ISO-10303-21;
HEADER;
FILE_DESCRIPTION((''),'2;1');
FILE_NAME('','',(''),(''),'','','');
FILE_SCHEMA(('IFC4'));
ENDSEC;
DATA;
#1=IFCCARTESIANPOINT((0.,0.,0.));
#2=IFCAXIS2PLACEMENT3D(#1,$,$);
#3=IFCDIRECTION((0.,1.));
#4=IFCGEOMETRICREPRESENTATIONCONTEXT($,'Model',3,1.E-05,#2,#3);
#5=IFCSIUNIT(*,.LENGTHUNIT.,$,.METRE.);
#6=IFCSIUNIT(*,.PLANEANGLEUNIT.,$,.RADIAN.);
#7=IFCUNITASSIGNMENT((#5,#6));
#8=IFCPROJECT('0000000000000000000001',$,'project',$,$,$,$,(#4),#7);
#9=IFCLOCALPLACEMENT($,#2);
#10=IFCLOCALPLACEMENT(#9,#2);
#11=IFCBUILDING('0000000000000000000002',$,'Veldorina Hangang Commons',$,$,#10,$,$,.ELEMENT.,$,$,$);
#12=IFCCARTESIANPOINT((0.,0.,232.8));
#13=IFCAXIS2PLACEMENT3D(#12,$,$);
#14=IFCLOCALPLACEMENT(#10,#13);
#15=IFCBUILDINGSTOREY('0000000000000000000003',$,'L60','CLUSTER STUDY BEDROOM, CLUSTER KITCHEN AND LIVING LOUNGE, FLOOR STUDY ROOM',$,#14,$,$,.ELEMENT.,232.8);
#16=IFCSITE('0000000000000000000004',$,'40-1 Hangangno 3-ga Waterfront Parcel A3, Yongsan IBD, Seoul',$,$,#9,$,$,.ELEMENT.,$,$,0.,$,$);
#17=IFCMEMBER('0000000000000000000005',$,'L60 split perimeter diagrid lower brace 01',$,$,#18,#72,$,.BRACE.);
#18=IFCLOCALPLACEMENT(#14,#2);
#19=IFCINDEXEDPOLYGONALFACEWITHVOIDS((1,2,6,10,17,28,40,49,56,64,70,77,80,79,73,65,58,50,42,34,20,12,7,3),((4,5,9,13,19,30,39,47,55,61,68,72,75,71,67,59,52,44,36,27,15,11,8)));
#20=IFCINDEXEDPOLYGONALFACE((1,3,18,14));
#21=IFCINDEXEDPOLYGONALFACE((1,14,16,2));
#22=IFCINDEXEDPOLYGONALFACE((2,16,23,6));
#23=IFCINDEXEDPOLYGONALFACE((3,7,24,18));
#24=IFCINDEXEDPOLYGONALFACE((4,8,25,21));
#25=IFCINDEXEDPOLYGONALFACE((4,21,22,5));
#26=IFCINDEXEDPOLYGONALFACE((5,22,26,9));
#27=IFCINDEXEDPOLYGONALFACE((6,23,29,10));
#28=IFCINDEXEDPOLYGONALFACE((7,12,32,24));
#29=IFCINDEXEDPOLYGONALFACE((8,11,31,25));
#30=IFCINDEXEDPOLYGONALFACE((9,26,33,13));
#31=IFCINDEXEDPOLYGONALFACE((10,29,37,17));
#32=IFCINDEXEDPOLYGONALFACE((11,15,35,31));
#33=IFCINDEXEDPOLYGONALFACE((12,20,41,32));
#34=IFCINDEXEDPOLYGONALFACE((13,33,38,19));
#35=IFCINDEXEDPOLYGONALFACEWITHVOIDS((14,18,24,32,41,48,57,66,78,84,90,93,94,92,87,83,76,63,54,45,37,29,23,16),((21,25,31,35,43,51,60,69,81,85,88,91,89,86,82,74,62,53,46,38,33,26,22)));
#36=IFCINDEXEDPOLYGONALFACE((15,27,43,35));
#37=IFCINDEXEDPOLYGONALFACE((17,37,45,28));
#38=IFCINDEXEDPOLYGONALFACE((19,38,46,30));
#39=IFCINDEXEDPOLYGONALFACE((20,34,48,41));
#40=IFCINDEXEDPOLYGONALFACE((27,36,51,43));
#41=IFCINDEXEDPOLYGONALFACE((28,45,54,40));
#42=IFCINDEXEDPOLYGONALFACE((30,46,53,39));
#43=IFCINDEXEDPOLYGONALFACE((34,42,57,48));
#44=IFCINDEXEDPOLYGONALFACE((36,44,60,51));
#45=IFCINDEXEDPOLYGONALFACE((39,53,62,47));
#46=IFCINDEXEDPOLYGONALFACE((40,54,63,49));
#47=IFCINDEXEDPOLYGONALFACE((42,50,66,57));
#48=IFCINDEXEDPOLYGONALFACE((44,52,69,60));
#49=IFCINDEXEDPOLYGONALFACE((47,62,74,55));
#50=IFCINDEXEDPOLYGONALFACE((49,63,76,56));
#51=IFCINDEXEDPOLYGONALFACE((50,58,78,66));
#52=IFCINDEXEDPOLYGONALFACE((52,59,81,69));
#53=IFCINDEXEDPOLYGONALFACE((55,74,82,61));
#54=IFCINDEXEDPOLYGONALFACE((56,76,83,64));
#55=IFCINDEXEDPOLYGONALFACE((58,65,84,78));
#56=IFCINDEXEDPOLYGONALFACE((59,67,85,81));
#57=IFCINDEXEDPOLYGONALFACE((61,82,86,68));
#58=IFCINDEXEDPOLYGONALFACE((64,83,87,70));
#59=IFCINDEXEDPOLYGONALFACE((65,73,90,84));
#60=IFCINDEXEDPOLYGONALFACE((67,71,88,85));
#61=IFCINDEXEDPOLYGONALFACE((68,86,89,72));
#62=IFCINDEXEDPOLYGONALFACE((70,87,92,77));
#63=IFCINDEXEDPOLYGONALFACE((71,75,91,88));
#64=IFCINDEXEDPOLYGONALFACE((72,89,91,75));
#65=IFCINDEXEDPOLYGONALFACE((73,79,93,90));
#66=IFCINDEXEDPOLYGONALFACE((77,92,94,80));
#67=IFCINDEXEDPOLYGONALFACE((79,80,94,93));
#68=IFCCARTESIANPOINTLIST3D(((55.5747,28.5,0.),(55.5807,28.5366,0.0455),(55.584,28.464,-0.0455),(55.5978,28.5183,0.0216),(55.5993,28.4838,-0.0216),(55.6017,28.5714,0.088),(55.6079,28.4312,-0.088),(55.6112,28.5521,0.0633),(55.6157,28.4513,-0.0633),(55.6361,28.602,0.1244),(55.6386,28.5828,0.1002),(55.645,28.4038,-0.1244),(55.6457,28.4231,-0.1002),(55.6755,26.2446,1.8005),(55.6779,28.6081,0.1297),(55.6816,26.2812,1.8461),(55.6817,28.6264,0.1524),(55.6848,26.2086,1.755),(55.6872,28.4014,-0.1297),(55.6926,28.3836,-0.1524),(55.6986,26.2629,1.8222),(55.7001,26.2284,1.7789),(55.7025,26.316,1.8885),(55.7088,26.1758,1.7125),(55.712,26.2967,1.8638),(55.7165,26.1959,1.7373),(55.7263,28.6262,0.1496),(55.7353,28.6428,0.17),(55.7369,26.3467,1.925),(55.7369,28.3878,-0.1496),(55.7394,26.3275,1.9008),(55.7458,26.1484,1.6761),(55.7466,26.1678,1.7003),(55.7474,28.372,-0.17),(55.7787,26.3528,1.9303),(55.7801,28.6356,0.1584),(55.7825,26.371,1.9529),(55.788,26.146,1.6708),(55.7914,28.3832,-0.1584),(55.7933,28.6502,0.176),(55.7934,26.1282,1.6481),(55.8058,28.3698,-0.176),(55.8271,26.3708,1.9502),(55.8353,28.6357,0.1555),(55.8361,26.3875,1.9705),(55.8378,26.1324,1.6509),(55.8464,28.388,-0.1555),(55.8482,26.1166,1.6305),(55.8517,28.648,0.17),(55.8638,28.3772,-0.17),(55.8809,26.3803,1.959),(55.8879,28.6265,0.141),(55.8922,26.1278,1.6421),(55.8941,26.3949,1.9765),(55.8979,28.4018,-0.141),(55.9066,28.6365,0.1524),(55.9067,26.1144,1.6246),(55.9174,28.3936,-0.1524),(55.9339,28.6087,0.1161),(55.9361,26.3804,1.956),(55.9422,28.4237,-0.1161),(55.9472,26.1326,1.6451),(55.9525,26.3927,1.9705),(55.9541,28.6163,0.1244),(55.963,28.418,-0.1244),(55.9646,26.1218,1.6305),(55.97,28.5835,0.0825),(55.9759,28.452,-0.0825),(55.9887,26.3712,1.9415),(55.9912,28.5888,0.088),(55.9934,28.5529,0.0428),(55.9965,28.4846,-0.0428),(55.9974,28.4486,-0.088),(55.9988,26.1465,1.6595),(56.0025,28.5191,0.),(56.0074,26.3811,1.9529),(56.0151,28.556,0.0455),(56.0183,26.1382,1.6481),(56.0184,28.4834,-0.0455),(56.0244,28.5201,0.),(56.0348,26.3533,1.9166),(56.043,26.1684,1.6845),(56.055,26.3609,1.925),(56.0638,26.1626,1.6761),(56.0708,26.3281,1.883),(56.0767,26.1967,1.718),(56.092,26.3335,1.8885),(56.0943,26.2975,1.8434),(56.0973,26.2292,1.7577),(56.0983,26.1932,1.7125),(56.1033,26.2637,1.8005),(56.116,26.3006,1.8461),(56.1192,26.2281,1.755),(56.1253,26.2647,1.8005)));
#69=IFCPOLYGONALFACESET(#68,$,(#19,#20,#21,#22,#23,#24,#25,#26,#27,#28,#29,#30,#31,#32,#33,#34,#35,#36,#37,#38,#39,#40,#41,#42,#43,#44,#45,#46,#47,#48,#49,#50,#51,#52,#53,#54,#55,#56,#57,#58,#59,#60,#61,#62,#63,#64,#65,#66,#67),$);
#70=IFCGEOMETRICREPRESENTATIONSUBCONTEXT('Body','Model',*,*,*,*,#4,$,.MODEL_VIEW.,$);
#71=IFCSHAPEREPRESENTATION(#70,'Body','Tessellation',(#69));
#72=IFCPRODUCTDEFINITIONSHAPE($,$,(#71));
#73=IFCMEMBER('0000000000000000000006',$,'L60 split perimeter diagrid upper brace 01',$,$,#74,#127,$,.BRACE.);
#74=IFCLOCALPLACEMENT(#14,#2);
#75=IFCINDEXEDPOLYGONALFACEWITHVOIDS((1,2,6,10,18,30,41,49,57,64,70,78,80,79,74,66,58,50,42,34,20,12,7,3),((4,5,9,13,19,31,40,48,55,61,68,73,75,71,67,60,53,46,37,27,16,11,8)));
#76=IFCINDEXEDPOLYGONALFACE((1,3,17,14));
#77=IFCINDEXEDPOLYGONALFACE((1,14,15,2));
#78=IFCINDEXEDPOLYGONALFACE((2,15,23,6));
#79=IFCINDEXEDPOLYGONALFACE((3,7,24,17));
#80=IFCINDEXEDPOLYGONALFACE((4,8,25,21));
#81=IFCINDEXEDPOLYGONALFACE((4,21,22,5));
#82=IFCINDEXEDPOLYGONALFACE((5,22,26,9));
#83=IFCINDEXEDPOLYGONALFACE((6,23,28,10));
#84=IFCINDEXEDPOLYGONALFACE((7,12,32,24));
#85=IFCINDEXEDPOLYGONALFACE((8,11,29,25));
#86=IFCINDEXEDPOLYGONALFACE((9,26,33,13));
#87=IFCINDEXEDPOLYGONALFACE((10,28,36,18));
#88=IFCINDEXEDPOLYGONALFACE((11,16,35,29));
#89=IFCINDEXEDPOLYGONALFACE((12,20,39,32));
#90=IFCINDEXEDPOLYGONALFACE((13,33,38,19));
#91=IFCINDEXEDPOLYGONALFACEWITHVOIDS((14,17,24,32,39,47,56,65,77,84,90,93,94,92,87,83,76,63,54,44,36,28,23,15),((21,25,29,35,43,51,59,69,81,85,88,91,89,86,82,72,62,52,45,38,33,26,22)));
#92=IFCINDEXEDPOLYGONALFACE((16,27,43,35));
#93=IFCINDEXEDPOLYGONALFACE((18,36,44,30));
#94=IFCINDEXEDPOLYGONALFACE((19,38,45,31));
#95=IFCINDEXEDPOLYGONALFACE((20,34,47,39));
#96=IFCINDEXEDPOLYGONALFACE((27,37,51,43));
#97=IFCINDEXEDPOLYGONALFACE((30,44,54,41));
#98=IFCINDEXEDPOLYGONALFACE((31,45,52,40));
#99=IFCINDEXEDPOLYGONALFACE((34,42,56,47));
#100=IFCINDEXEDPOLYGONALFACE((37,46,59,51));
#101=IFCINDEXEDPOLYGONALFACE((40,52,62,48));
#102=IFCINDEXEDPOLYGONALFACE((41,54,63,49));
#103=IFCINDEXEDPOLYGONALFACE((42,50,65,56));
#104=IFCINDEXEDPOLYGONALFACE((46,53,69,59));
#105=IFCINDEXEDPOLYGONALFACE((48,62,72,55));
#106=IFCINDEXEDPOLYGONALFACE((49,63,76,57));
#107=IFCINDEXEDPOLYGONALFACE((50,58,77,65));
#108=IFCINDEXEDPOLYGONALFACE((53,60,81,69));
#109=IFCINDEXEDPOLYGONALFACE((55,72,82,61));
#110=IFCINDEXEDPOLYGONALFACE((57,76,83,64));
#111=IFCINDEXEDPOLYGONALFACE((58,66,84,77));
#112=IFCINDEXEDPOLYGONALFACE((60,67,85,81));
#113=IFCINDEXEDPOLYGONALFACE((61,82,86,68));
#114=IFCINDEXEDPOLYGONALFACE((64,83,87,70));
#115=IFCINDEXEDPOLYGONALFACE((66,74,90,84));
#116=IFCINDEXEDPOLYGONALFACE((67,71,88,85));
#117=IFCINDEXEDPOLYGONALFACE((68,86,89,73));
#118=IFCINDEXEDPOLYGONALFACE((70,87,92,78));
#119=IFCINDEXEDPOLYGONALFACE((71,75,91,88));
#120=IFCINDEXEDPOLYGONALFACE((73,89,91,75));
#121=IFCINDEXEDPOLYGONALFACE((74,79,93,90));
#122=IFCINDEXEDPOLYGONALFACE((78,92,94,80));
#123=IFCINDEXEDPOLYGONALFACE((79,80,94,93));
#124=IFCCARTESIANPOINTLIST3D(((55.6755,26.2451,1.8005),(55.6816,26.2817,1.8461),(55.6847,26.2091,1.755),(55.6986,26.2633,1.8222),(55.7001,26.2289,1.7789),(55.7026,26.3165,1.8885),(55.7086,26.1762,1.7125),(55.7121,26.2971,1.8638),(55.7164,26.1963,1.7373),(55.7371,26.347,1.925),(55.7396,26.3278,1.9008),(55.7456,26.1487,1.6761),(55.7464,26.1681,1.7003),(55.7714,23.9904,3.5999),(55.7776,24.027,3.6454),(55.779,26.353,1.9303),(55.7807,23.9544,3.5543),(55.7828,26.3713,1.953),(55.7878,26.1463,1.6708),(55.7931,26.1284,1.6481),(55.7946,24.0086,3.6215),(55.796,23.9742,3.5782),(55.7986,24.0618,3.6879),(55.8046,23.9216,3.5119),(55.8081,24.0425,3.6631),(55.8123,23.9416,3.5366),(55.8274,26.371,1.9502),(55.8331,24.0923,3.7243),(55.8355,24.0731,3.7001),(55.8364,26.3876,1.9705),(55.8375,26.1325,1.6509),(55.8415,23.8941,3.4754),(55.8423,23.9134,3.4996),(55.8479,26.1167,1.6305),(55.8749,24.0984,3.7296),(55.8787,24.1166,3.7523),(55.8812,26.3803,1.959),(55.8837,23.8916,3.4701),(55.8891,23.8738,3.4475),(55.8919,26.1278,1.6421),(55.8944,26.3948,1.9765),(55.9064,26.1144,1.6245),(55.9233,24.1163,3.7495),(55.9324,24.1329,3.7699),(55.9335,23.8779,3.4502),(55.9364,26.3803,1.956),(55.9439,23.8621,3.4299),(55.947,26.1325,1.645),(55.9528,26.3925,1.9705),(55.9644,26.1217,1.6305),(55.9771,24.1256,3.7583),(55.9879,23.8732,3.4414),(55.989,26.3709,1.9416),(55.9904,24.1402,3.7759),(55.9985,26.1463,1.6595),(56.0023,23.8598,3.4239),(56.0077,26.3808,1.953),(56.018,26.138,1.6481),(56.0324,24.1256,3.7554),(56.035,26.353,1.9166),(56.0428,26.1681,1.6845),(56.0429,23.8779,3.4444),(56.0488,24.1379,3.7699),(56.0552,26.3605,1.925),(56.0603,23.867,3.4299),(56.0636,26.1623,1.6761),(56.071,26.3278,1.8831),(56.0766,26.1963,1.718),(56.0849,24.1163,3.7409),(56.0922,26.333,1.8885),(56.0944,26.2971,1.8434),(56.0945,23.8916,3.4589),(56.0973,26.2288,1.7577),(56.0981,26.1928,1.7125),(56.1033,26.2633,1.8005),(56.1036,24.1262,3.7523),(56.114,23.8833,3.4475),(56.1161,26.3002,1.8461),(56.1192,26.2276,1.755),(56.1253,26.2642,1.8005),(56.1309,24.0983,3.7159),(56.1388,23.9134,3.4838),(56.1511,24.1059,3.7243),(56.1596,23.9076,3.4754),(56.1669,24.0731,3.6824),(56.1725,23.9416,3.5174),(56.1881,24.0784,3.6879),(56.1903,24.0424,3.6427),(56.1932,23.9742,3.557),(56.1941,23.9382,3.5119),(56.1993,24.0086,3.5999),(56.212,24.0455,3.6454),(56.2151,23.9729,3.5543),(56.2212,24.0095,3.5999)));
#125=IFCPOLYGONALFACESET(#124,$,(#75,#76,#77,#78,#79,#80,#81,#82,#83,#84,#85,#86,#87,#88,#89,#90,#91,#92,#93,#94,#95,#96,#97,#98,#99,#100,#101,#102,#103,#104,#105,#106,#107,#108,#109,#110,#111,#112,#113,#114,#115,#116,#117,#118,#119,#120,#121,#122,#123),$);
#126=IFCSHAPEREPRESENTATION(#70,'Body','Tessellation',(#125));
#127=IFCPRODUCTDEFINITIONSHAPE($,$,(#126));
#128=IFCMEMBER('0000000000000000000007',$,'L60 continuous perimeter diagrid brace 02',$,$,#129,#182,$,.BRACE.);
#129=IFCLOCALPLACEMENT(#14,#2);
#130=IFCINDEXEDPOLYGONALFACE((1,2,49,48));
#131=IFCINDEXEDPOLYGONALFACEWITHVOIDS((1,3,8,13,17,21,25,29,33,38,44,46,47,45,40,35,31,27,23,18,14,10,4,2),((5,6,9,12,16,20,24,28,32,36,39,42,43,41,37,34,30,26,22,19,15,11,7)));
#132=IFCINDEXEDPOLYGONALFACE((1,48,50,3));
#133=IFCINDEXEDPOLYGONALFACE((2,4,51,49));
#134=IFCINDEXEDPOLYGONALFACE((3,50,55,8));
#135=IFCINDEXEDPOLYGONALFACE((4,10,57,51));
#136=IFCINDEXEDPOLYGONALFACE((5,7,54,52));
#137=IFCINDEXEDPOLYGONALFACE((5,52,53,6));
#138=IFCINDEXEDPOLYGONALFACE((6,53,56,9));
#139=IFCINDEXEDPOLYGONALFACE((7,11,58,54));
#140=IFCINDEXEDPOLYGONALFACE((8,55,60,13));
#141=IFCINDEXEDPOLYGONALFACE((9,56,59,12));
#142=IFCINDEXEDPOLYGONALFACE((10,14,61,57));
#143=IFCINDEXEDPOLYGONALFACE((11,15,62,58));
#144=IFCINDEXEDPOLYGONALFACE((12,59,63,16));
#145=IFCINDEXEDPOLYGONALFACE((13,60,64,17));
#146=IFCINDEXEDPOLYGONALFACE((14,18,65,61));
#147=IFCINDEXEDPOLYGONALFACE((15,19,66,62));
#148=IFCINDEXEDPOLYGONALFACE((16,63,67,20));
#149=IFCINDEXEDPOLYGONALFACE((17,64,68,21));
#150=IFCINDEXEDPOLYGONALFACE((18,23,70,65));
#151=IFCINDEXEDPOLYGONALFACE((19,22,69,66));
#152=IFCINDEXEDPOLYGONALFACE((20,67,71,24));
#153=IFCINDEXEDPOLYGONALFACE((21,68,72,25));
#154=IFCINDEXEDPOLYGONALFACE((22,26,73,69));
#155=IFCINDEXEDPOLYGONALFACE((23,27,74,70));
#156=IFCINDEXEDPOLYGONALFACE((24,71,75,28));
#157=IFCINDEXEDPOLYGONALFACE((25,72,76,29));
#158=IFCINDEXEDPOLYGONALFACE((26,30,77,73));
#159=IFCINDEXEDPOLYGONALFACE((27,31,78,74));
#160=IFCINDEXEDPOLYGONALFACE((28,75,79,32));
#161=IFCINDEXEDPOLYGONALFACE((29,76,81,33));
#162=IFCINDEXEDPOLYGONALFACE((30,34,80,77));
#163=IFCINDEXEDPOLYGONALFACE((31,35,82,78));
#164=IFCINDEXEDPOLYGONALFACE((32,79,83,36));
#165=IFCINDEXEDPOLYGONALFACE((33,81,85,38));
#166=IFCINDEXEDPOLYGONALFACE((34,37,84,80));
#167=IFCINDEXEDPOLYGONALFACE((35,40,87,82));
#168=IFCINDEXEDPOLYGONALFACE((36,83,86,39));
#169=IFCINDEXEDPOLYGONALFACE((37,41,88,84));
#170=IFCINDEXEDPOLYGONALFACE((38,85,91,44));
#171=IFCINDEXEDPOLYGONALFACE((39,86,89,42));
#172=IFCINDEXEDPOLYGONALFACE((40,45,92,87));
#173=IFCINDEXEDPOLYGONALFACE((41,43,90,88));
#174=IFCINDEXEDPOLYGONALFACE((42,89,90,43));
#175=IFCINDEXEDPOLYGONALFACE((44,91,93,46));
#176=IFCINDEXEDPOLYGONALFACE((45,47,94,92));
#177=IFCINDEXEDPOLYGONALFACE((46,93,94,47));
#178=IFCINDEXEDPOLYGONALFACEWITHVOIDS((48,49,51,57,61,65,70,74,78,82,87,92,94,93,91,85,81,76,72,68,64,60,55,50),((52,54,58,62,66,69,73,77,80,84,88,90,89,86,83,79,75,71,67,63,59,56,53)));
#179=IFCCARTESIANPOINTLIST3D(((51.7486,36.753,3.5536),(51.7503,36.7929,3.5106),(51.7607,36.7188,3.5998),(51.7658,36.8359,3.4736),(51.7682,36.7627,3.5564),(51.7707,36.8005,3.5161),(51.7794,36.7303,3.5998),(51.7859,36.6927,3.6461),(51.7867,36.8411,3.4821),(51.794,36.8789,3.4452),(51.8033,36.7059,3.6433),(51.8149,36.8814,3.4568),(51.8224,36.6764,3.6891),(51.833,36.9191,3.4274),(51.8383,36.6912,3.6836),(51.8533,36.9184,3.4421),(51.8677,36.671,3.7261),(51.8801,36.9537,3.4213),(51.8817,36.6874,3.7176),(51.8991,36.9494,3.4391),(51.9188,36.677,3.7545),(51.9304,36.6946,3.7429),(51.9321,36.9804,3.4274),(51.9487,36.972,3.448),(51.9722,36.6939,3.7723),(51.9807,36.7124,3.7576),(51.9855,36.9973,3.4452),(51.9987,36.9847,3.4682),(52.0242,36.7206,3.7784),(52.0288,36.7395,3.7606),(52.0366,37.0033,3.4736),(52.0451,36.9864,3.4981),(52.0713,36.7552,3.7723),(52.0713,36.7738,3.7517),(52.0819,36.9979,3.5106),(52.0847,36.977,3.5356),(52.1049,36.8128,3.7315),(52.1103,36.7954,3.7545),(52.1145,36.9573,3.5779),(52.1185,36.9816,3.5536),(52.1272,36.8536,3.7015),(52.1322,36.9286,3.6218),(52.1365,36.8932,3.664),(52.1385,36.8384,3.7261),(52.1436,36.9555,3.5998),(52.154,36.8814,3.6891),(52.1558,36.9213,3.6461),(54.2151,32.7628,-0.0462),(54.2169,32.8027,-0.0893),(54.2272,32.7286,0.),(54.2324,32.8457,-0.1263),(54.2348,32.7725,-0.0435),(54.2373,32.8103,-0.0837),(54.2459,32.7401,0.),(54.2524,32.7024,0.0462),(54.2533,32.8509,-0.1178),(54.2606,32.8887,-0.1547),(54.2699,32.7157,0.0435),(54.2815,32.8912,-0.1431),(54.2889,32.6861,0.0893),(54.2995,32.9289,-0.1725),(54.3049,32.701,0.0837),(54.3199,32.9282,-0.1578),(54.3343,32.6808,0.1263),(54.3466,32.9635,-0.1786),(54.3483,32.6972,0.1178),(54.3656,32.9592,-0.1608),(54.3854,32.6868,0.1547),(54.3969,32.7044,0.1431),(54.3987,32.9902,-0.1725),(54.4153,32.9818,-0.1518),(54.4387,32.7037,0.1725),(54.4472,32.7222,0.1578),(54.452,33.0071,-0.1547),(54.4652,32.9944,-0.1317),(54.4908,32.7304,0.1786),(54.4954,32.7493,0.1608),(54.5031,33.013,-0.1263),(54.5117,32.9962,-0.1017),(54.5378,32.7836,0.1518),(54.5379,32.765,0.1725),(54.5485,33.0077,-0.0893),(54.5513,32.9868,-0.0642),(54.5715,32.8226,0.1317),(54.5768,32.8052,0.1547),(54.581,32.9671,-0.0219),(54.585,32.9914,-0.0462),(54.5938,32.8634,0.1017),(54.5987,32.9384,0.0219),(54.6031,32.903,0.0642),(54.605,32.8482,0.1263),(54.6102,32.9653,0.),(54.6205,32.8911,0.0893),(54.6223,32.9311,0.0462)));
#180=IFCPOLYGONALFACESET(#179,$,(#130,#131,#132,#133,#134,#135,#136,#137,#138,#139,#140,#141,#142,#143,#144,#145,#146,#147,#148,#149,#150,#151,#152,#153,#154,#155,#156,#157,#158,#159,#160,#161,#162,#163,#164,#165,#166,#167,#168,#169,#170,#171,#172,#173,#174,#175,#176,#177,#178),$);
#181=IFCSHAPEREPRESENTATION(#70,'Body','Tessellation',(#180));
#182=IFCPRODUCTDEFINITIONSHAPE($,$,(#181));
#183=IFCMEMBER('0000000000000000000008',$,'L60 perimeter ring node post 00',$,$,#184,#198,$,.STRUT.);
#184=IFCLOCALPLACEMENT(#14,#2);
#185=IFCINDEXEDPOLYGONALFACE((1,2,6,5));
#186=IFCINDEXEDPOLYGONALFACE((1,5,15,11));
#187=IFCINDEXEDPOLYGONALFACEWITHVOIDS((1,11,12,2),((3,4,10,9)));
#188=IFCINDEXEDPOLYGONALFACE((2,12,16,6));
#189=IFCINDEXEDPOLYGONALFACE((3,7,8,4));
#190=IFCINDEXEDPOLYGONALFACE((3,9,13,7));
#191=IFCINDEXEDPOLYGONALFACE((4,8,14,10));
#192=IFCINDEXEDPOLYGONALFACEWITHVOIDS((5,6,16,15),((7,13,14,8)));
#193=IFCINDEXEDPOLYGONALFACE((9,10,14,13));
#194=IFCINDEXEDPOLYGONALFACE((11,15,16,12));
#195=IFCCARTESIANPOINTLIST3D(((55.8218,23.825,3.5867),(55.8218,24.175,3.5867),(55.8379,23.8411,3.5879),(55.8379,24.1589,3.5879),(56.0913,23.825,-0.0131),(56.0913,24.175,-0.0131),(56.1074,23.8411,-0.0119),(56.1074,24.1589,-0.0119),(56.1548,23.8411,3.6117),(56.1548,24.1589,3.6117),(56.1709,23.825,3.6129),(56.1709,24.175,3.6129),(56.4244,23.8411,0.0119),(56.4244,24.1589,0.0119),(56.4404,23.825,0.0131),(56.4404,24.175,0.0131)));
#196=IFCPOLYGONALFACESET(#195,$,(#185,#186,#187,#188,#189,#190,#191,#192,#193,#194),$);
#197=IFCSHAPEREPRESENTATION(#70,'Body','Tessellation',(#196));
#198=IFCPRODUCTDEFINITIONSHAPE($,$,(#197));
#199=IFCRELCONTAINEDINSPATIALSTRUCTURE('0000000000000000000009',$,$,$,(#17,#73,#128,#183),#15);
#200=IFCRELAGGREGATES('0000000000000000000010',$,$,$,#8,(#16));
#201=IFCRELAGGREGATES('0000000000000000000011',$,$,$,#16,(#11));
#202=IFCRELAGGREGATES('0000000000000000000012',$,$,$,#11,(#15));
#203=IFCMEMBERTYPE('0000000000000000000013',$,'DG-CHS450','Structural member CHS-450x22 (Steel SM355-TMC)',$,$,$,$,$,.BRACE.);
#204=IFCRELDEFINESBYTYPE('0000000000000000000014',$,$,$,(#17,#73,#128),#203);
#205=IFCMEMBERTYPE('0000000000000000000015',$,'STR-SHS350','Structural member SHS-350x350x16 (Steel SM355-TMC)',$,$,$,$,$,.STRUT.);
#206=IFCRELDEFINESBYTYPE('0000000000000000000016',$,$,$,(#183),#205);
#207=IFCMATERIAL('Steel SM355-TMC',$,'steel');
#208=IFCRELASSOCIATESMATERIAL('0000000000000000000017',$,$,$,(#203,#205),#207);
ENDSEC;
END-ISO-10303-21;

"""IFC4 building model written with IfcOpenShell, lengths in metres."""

from ifc_helpers import new_model, si_unit, direction, frame, origin, origin_2d, place, context, subcontext, project, spatial, hollow_rectangle, hollow_circle, extrude, material, material_profile, profile_set, type_object, element, save


model = new_model("IFC4")

# Units and contexts
model_context = context("Model", 3, precision=1e-05, world=origin(), true_north=direction((0.0, 1.0)))
body_context = subcontext(model_context, "Body", "Model", "MODEL_VIEW")
ifc_project = project(units=[si_unit("LENGTHUNIT", "METRE"), si_unit("PLANEANGLEUNIT", "RADIAN")], contexts=[model_context])

# Site, building, storey
site_placement = place(None, origin())
site = spatial("IfcSite", under=ifc_project, at=site_placement, Name="40-1 Hangangno 3-ga Waterfront Parcel A3, Yongsan IBD, Seoul", CompositionType="ELEMENT", RefElevation=0.0)
building_placement = place(site_placement, origin())
building = spatial("IfcBuilding", under=site, at=building_placement, Name="Veldorina Hangang Commons", CompositionType="ELEMENT")
storey_placement = place(building_placement, frame((0.0, 0.0, 232.8)))
storey = spatial("IfcBuildingStorey", under=building, at=storey_placement, Name="L60", Description="CLUSTER STUDY BEDROOM, CLUSTER KITCHEN AND LIVING LOUNGE, FLOOR STUDY ROOM", CompositionType="ELEMENT", Elevation=232.8)

# Shared definitions
ifc_material_1 = material(Name="Steel SM355-TMC", Category="steel")

# Members
ifc_material_profile_1 = material_profile(ifc_material_1, hollow_circle(Radius=0.2251, WallThickness=0.022, at=origin_2d()), Name="CHS-450x22")
ifc_profile_set_1 = profile_set([ifc_material_profile_1], Name="Steel SM355-TMC")
member_type_1 = type_object("IfcMemberType", Name="DG-CHS450", Description="Structural member CHS-450x22 (Steel SM355-TMC)", PredefinedType="BRACE", material=ifc_profile_set_1)
member_1_placement = place(storey_placement, frame((55.7996, 28.51, 0.0), z_axis=(0.034917, -0.781027, 0.62352), x_axis=(0.999002, 0.044662, 0.0)))
element("IfcMember", 1, at=member_1_placement, inside=storey, type_object=member_type_1, Name="L60 split perimeter diagrid lower brace 01", PredefinedType="BRACE", context=body_context, shape_type="SweptSolid", body=[
    extrude(hollow_circle(Radius=0.2251, WallThickness=0.022, at=origin_2d()), origin(), (0.0, 0.0, 1.0), 2.8877),
])
member_2_placement = place(storey_placement, frame((55.9004, 26.2546, 1.8005), z_axis=(0.033243, -0.781179, 0.623421), x_axis=(0.999096, 0.042517, 0.0)))
element("IfcMember", 2, at=member_2_placement, inside=storey, type_object=member_type_1, Name="L60 split perimeter diagrid upper brace 01", PredefinedType="BRACE", context=body_context, shape_type="SweptSolid", body=[
    extrude(hollow_circle(Radius=0.2251, WallThickness=0.022, at=origin_2d()), origin(), (0.0, 0.0, 1.0), 2.8862),
])
member_3_placement = place(storey_placement, frame((54.4187, 32.8469, 0.0), z_axis=(-0.417133, 0.674812, 0.608793), x_axis=(-0.850608, -0.525801, 0.0)))
element("IfcMember", 3, at=member_3_placement, inside=storey, type_object=member_type_1, Name="L60 continuous perimeter diagrid brace 02", PredefinedType="BRACE", context=body_context, shape_type="SweptSolid", body=[
    extrude(hollow_circle(Radius=0.2251, WallThickness=0.022, at=origin_2d()), origin(), (0.0, 0.0, 1.0), 5.9131),
])
ifc_material_profile_2 = material_profile(ifc_material_1, hollow_rectangle(XDim=0.3501, YDim=0.3501, WallThickness=0.0161, at=origin_2d()), Name="SHS-350x350x16")
ifc_profile_set_2 = profile_set([ifc_material_profile_2], Name="Steel SM355-TMC")
member_type_2 = type_object("IfcMemberType", Name="STR-SHS350", Description="Structural member SHS-350x350x16 (Steel SM355-TMC)", PredefinedType="STRUT", material=ifc_profile_set_2)
member_4_placement = place(storey_placement, frame((56.2659, 24.0, 0.0), z_axis=(-0.074664, 0.0, 0.997209), x_axis=(0.0, -1.0, 0.0)))
element("IfcMember", 4, at=member_4_placement, inside=storey, type_object=member_type_2, Name="L60 perimeter ring node post 00", PredefinedType="STRUT", context=body_context, shape_type="SweptSolid", body=[
    extrude(hollow_rectangle(XDim=0.3501, YDim=0.3501, WallThickness=0.0161, at=origin_2d()), origin(), (0.0, 0.0, 1.0), 3.6099),
])

save(model, "model.ifc")
